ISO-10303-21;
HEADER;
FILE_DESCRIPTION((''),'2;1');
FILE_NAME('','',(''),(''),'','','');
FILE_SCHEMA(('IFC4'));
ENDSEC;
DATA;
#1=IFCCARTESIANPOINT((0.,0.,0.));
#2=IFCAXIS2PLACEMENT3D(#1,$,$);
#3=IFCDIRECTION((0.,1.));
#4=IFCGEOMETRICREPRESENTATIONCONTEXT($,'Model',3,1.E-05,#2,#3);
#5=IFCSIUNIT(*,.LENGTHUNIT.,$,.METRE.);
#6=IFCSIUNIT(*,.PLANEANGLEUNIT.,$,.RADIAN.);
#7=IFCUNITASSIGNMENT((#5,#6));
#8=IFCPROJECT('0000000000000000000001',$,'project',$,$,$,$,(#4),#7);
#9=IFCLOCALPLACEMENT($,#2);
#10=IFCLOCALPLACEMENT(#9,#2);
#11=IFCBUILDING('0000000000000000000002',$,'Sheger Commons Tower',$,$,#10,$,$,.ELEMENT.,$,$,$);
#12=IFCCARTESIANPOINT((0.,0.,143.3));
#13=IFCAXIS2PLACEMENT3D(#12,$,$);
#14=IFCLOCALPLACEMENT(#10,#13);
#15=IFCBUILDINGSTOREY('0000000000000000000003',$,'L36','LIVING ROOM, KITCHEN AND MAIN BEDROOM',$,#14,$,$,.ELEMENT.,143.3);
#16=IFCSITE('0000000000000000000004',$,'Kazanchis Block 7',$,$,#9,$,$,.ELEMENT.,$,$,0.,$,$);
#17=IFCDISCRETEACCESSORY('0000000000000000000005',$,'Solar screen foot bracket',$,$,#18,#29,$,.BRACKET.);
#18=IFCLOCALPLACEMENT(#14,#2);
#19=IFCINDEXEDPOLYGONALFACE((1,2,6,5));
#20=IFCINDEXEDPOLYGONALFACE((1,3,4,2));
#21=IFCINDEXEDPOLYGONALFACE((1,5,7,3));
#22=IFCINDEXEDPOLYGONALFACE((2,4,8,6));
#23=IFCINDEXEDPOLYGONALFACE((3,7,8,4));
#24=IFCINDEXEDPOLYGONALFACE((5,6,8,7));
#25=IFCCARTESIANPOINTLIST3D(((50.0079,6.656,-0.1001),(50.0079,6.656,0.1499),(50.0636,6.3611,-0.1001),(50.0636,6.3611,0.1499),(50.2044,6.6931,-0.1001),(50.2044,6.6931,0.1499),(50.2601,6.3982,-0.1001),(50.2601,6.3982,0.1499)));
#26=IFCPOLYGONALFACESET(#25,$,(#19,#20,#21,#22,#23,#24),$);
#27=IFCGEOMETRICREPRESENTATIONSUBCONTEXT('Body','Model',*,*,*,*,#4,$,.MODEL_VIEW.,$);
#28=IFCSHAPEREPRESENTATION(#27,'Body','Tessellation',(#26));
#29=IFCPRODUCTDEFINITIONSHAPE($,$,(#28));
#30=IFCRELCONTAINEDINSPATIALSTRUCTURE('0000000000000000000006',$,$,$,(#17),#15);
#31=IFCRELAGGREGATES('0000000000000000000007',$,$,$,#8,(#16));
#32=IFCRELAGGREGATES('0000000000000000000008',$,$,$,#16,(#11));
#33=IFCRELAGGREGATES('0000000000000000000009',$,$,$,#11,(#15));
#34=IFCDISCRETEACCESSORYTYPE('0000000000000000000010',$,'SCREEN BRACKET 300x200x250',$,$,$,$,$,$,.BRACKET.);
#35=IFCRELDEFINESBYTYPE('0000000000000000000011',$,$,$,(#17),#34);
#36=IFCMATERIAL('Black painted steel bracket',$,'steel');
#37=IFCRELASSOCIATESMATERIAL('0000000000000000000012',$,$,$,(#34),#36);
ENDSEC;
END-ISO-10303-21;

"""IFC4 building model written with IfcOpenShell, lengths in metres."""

from ifc_helpers import new_model, si_unit, direction, frame, origin, origin_2d, place, context, subcontext, project, spatial, rectangle, extrude, material, type_object, element, save


model = new_model("IFC4")

# Units and contexts
model_context = context("Model", 3, precision=1e-05, world=origin(), true_north=direction((0.0, 1.0)))
body_context = subcontext(model_context, "Body", "Model", "MODEL_VIEW")
ifc_project = project(units=[si_unit("LENGTHUNIT", "METRE"), si_unit("PLANEANGLEUNIT", "RADIAN")], contexts=[model_context])

# Site, building, storey
site_placement = place(None, origin())
site = spatial("IfcSite", under=ifc_project, at=site_placement, Name="Kazanchis Block 7", CompositionType="ELEMENT", RefElevation=0.0)
building_placement = place(site_placement, origin())
building = spatial("IfcBuilding", under=site, at=building_placement, Name="Sheger Commons Tower", CompositionType="ELEMENT")
storey_placement = place(building_placement, frame((0.0, 0.0, 143.3)))
storey = spatial("IfcBuildingStorey", under=building, at=storey_placement, Name="L36", Description="LIVING ROOM, KITCHEN AND MAIN BEDROOM", CompositionType="ELEMENT", Elevation=143.3)

# Discrete accessory
ifc_material_1 = material(Name="Black painted steel bracket", Category="steel")
discrete_accessory_type = type_object("IfcDiscreteAccessoryType", Name="SCREEN BRACKET 300x200x250", PredefinedType="BRACKET", material=ifc_material_1)
discrete_accessory_placement = place(storey_placement, frame((50.134, 6.5271, -0.1001), z_axis=(0.0, 0.0, 1.0), x_axis=(-0.185615, 0.982623, 0.0)))
element("IfcDiscreteAccessory", 1, at=discrete_accessory_placement, inside=storey, type_object=discrete_accessory_type, Name="Solar screen foot bracket", PredefinedType="BRACKET", context=body_context, shape_type="SweptSolid", body=[
    extrude(rectangle(XDim=0.3, YDim=0.2, at=origin_2d()), origin(), (0.0, 0.0, 1.0), 0.25),
])

save(model, "model.ifc")
